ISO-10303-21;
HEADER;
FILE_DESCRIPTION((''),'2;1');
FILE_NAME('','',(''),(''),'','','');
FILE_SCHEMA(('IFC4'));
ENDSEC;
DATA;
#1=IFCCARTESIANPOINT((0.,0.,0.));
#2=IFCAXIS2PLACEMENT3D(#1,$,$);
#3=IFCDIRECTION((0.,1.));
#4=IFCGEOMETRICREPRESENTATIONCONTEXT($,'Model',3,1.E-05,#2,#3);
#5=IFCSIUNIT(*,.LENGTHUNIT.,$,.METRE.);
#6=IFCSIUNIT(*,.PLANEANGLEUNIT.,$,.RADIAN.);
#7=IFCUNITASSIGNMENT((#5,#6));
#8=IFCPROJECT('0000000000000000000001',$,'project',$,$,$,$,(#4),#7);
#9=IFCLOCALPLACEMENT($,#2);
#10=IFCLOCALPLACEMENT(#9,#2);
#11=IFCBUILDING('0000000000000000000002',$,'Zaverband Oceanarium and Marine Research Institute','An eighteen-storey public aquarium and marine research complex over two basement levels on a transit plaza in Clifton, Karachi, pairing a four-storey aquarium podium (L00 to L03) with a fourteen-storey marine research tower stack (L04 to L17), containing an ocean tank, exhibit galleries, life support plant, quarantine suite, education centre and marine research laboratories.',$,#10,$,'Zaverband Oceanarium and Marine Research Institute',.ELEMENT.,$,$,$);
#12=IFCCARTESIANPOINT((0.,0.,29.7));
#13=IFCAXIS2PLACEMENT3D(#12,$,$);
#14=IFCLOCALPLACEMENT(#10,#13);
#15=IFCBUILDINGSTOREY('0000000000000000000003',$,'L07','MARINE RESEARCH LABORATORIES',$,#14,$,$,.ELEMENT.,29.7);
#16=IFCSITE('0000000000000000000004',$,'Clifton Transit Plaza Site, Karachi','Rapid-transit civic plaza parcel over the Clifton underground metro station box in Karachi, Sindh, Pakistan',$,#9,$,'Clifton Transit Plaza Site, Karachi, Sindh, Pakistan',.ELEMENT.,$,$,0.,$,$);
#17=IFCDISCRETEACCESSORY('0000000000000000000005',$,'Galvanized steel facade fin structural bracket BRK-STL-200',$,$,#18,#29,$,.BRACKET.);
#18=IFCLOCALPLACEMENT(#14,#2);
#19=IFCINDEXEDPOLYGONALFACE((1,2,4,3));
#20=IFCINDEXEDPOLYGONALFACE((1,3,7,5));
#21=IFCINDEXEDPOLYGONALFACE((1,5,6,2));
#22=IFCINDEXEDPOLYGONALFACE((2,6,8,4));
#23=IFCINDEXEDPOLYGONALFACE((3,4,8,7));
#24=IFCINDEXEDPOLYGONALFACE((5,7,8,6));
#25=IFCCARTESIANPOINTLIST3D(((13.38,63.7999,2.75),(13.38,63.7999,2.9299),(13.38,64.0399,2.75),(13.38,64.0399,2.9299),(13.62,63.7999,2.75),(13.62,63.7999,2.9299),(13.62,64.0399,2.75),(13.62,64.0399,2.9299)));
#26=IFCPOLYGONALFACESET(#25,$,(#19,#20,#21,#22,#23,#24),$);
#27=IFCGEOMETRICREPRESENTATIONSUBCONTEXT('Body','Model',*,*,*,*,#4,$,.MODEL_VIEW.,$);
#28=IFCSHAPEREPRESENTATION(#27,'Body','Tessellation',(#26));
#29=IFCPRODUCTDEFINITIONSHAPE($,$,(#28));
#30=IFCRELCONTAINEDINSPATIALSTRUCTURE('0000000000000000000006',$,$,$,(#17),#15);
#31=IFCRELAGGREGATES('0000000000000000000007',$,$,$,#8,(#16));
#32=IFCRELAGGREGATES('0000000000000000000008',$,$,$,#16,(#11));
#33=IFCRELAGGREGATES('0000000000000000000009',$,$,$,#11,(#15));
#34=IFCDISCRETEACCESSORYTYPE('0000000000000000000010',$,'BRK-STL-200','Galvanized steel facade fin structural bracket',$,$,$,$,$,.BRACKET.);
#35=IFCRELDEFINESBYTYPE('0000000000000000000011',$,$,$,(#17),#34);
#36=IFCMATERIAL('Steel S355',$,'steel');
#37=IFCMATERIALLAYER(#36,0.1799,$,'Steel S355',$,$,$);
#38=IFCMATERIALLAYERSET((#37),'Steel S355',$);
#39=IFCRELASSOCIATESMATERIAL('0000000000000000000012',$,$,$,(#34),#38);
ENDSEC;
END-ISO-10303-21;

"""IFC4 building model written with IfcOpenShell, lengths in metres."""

from ifc_helpers import new_model, si_unit, direction, frame, origin, origin_2d, place, context, subcontext, project, spatial, rectangle, extrude, material, layer, layer_set, type_object, element, save


model = new_model("IFC4")

# Units and contexts
model_context = context("Model", 3, precision=1e-05, world=origin(), true_north=direction((0.0, 1.0)))
body_context = subcontext(model_context, "Body", "Model", "MODEL_VIEW")
ifc_project = project(units=[si_unit("LENGTHUNIT", "METRE"), si_unit("PLANEANGLEUNIT", "RADIAN")], contexts=[model_context])

# Site, building, storey
site_placement = place(None, origin())
site = spatial("IfcSite", under=ifc_project, at=site_placement, Name="Clifton Transit Plaza Site, Karachi", Description="Rapid-transit civic plaza parcel over the Clifton underground metro station box in Karachi, Sindh, Pakistan", LongName="Clifton Transit Plaza Site, Karachi, Sindh, Pakistan", CompositionType="ELEMENT", RefElevation=0.0)
building_placement = place(site_placement, origin())
building = spatial("IfcBuilding", under=site, at=building_placement, Name="Zaverband Oceanarium and Marine Research Institute", Description="An eighteen-storey public aquarium and marine research complex over two basement levels on a transit plaza in Clifton, Karachi, pairing a four-storey aquarium podium (L00 to L03) with a fourteen-storey marine research tower stack (L04 to L17), containing an ocean tank, exhibit galleries, life support plant, quarantine suite, education centre and marine research laboratories.", LongName="Zaverband Oceanarium and Marine Research Institute", CompositionType="ELEMENT")
storey_placement = place(building_placement, frame((0.0, 0.0, 29.7)))
storey = spatial("IfcBuildingStorey", under=building, at=storey_placement, Name="L07", Description="MARINE RESEARCH LABORATORIES", CompositionType="ELEMENT", Elevation=29.7)

# Discrete accessory
ifc_material_1 = material(Name="Steel S355", Category="steel")
ifc_layer_1 = layer(ifc_material_1, 0.1799, Name="Steel S355")
ifc_layer_set_1 = layer_set([ifc_layer_1], Name="Steel S355")
discrete_accessory_type = type_object("IfcDiscreteAccessoryType", Name="BRK-STL-200", Description="Galvanized steel facade fin structural bracket", PredefinedType="BRACKET", material=ifc_layer_set_1)
discrete_accessory_placement = place(storey_placement, frame((13.5, 63.9199, 2.75), z_axis=(0.0, 0.0, 1.0), x_axis=(1.0, 0.0, 0.0)))
element("IfcDiscreteAccessory", 1, at=discrete_accessory_placement, inside=storey, type_object=discrete_accessory_type, Name="Galvanized steel facade fin structural bracket BRK-STL-200", PredefinedType="BRACKET", context=body_context, shape_type="SweptSolid", body=[
    extrude(rectangle(XDim=0.24, YDim=0.24, at=origin_2d()), origin(), (0.0, 0.0, 1.0), 0.1799),
])

save(model, "model.ifc")
